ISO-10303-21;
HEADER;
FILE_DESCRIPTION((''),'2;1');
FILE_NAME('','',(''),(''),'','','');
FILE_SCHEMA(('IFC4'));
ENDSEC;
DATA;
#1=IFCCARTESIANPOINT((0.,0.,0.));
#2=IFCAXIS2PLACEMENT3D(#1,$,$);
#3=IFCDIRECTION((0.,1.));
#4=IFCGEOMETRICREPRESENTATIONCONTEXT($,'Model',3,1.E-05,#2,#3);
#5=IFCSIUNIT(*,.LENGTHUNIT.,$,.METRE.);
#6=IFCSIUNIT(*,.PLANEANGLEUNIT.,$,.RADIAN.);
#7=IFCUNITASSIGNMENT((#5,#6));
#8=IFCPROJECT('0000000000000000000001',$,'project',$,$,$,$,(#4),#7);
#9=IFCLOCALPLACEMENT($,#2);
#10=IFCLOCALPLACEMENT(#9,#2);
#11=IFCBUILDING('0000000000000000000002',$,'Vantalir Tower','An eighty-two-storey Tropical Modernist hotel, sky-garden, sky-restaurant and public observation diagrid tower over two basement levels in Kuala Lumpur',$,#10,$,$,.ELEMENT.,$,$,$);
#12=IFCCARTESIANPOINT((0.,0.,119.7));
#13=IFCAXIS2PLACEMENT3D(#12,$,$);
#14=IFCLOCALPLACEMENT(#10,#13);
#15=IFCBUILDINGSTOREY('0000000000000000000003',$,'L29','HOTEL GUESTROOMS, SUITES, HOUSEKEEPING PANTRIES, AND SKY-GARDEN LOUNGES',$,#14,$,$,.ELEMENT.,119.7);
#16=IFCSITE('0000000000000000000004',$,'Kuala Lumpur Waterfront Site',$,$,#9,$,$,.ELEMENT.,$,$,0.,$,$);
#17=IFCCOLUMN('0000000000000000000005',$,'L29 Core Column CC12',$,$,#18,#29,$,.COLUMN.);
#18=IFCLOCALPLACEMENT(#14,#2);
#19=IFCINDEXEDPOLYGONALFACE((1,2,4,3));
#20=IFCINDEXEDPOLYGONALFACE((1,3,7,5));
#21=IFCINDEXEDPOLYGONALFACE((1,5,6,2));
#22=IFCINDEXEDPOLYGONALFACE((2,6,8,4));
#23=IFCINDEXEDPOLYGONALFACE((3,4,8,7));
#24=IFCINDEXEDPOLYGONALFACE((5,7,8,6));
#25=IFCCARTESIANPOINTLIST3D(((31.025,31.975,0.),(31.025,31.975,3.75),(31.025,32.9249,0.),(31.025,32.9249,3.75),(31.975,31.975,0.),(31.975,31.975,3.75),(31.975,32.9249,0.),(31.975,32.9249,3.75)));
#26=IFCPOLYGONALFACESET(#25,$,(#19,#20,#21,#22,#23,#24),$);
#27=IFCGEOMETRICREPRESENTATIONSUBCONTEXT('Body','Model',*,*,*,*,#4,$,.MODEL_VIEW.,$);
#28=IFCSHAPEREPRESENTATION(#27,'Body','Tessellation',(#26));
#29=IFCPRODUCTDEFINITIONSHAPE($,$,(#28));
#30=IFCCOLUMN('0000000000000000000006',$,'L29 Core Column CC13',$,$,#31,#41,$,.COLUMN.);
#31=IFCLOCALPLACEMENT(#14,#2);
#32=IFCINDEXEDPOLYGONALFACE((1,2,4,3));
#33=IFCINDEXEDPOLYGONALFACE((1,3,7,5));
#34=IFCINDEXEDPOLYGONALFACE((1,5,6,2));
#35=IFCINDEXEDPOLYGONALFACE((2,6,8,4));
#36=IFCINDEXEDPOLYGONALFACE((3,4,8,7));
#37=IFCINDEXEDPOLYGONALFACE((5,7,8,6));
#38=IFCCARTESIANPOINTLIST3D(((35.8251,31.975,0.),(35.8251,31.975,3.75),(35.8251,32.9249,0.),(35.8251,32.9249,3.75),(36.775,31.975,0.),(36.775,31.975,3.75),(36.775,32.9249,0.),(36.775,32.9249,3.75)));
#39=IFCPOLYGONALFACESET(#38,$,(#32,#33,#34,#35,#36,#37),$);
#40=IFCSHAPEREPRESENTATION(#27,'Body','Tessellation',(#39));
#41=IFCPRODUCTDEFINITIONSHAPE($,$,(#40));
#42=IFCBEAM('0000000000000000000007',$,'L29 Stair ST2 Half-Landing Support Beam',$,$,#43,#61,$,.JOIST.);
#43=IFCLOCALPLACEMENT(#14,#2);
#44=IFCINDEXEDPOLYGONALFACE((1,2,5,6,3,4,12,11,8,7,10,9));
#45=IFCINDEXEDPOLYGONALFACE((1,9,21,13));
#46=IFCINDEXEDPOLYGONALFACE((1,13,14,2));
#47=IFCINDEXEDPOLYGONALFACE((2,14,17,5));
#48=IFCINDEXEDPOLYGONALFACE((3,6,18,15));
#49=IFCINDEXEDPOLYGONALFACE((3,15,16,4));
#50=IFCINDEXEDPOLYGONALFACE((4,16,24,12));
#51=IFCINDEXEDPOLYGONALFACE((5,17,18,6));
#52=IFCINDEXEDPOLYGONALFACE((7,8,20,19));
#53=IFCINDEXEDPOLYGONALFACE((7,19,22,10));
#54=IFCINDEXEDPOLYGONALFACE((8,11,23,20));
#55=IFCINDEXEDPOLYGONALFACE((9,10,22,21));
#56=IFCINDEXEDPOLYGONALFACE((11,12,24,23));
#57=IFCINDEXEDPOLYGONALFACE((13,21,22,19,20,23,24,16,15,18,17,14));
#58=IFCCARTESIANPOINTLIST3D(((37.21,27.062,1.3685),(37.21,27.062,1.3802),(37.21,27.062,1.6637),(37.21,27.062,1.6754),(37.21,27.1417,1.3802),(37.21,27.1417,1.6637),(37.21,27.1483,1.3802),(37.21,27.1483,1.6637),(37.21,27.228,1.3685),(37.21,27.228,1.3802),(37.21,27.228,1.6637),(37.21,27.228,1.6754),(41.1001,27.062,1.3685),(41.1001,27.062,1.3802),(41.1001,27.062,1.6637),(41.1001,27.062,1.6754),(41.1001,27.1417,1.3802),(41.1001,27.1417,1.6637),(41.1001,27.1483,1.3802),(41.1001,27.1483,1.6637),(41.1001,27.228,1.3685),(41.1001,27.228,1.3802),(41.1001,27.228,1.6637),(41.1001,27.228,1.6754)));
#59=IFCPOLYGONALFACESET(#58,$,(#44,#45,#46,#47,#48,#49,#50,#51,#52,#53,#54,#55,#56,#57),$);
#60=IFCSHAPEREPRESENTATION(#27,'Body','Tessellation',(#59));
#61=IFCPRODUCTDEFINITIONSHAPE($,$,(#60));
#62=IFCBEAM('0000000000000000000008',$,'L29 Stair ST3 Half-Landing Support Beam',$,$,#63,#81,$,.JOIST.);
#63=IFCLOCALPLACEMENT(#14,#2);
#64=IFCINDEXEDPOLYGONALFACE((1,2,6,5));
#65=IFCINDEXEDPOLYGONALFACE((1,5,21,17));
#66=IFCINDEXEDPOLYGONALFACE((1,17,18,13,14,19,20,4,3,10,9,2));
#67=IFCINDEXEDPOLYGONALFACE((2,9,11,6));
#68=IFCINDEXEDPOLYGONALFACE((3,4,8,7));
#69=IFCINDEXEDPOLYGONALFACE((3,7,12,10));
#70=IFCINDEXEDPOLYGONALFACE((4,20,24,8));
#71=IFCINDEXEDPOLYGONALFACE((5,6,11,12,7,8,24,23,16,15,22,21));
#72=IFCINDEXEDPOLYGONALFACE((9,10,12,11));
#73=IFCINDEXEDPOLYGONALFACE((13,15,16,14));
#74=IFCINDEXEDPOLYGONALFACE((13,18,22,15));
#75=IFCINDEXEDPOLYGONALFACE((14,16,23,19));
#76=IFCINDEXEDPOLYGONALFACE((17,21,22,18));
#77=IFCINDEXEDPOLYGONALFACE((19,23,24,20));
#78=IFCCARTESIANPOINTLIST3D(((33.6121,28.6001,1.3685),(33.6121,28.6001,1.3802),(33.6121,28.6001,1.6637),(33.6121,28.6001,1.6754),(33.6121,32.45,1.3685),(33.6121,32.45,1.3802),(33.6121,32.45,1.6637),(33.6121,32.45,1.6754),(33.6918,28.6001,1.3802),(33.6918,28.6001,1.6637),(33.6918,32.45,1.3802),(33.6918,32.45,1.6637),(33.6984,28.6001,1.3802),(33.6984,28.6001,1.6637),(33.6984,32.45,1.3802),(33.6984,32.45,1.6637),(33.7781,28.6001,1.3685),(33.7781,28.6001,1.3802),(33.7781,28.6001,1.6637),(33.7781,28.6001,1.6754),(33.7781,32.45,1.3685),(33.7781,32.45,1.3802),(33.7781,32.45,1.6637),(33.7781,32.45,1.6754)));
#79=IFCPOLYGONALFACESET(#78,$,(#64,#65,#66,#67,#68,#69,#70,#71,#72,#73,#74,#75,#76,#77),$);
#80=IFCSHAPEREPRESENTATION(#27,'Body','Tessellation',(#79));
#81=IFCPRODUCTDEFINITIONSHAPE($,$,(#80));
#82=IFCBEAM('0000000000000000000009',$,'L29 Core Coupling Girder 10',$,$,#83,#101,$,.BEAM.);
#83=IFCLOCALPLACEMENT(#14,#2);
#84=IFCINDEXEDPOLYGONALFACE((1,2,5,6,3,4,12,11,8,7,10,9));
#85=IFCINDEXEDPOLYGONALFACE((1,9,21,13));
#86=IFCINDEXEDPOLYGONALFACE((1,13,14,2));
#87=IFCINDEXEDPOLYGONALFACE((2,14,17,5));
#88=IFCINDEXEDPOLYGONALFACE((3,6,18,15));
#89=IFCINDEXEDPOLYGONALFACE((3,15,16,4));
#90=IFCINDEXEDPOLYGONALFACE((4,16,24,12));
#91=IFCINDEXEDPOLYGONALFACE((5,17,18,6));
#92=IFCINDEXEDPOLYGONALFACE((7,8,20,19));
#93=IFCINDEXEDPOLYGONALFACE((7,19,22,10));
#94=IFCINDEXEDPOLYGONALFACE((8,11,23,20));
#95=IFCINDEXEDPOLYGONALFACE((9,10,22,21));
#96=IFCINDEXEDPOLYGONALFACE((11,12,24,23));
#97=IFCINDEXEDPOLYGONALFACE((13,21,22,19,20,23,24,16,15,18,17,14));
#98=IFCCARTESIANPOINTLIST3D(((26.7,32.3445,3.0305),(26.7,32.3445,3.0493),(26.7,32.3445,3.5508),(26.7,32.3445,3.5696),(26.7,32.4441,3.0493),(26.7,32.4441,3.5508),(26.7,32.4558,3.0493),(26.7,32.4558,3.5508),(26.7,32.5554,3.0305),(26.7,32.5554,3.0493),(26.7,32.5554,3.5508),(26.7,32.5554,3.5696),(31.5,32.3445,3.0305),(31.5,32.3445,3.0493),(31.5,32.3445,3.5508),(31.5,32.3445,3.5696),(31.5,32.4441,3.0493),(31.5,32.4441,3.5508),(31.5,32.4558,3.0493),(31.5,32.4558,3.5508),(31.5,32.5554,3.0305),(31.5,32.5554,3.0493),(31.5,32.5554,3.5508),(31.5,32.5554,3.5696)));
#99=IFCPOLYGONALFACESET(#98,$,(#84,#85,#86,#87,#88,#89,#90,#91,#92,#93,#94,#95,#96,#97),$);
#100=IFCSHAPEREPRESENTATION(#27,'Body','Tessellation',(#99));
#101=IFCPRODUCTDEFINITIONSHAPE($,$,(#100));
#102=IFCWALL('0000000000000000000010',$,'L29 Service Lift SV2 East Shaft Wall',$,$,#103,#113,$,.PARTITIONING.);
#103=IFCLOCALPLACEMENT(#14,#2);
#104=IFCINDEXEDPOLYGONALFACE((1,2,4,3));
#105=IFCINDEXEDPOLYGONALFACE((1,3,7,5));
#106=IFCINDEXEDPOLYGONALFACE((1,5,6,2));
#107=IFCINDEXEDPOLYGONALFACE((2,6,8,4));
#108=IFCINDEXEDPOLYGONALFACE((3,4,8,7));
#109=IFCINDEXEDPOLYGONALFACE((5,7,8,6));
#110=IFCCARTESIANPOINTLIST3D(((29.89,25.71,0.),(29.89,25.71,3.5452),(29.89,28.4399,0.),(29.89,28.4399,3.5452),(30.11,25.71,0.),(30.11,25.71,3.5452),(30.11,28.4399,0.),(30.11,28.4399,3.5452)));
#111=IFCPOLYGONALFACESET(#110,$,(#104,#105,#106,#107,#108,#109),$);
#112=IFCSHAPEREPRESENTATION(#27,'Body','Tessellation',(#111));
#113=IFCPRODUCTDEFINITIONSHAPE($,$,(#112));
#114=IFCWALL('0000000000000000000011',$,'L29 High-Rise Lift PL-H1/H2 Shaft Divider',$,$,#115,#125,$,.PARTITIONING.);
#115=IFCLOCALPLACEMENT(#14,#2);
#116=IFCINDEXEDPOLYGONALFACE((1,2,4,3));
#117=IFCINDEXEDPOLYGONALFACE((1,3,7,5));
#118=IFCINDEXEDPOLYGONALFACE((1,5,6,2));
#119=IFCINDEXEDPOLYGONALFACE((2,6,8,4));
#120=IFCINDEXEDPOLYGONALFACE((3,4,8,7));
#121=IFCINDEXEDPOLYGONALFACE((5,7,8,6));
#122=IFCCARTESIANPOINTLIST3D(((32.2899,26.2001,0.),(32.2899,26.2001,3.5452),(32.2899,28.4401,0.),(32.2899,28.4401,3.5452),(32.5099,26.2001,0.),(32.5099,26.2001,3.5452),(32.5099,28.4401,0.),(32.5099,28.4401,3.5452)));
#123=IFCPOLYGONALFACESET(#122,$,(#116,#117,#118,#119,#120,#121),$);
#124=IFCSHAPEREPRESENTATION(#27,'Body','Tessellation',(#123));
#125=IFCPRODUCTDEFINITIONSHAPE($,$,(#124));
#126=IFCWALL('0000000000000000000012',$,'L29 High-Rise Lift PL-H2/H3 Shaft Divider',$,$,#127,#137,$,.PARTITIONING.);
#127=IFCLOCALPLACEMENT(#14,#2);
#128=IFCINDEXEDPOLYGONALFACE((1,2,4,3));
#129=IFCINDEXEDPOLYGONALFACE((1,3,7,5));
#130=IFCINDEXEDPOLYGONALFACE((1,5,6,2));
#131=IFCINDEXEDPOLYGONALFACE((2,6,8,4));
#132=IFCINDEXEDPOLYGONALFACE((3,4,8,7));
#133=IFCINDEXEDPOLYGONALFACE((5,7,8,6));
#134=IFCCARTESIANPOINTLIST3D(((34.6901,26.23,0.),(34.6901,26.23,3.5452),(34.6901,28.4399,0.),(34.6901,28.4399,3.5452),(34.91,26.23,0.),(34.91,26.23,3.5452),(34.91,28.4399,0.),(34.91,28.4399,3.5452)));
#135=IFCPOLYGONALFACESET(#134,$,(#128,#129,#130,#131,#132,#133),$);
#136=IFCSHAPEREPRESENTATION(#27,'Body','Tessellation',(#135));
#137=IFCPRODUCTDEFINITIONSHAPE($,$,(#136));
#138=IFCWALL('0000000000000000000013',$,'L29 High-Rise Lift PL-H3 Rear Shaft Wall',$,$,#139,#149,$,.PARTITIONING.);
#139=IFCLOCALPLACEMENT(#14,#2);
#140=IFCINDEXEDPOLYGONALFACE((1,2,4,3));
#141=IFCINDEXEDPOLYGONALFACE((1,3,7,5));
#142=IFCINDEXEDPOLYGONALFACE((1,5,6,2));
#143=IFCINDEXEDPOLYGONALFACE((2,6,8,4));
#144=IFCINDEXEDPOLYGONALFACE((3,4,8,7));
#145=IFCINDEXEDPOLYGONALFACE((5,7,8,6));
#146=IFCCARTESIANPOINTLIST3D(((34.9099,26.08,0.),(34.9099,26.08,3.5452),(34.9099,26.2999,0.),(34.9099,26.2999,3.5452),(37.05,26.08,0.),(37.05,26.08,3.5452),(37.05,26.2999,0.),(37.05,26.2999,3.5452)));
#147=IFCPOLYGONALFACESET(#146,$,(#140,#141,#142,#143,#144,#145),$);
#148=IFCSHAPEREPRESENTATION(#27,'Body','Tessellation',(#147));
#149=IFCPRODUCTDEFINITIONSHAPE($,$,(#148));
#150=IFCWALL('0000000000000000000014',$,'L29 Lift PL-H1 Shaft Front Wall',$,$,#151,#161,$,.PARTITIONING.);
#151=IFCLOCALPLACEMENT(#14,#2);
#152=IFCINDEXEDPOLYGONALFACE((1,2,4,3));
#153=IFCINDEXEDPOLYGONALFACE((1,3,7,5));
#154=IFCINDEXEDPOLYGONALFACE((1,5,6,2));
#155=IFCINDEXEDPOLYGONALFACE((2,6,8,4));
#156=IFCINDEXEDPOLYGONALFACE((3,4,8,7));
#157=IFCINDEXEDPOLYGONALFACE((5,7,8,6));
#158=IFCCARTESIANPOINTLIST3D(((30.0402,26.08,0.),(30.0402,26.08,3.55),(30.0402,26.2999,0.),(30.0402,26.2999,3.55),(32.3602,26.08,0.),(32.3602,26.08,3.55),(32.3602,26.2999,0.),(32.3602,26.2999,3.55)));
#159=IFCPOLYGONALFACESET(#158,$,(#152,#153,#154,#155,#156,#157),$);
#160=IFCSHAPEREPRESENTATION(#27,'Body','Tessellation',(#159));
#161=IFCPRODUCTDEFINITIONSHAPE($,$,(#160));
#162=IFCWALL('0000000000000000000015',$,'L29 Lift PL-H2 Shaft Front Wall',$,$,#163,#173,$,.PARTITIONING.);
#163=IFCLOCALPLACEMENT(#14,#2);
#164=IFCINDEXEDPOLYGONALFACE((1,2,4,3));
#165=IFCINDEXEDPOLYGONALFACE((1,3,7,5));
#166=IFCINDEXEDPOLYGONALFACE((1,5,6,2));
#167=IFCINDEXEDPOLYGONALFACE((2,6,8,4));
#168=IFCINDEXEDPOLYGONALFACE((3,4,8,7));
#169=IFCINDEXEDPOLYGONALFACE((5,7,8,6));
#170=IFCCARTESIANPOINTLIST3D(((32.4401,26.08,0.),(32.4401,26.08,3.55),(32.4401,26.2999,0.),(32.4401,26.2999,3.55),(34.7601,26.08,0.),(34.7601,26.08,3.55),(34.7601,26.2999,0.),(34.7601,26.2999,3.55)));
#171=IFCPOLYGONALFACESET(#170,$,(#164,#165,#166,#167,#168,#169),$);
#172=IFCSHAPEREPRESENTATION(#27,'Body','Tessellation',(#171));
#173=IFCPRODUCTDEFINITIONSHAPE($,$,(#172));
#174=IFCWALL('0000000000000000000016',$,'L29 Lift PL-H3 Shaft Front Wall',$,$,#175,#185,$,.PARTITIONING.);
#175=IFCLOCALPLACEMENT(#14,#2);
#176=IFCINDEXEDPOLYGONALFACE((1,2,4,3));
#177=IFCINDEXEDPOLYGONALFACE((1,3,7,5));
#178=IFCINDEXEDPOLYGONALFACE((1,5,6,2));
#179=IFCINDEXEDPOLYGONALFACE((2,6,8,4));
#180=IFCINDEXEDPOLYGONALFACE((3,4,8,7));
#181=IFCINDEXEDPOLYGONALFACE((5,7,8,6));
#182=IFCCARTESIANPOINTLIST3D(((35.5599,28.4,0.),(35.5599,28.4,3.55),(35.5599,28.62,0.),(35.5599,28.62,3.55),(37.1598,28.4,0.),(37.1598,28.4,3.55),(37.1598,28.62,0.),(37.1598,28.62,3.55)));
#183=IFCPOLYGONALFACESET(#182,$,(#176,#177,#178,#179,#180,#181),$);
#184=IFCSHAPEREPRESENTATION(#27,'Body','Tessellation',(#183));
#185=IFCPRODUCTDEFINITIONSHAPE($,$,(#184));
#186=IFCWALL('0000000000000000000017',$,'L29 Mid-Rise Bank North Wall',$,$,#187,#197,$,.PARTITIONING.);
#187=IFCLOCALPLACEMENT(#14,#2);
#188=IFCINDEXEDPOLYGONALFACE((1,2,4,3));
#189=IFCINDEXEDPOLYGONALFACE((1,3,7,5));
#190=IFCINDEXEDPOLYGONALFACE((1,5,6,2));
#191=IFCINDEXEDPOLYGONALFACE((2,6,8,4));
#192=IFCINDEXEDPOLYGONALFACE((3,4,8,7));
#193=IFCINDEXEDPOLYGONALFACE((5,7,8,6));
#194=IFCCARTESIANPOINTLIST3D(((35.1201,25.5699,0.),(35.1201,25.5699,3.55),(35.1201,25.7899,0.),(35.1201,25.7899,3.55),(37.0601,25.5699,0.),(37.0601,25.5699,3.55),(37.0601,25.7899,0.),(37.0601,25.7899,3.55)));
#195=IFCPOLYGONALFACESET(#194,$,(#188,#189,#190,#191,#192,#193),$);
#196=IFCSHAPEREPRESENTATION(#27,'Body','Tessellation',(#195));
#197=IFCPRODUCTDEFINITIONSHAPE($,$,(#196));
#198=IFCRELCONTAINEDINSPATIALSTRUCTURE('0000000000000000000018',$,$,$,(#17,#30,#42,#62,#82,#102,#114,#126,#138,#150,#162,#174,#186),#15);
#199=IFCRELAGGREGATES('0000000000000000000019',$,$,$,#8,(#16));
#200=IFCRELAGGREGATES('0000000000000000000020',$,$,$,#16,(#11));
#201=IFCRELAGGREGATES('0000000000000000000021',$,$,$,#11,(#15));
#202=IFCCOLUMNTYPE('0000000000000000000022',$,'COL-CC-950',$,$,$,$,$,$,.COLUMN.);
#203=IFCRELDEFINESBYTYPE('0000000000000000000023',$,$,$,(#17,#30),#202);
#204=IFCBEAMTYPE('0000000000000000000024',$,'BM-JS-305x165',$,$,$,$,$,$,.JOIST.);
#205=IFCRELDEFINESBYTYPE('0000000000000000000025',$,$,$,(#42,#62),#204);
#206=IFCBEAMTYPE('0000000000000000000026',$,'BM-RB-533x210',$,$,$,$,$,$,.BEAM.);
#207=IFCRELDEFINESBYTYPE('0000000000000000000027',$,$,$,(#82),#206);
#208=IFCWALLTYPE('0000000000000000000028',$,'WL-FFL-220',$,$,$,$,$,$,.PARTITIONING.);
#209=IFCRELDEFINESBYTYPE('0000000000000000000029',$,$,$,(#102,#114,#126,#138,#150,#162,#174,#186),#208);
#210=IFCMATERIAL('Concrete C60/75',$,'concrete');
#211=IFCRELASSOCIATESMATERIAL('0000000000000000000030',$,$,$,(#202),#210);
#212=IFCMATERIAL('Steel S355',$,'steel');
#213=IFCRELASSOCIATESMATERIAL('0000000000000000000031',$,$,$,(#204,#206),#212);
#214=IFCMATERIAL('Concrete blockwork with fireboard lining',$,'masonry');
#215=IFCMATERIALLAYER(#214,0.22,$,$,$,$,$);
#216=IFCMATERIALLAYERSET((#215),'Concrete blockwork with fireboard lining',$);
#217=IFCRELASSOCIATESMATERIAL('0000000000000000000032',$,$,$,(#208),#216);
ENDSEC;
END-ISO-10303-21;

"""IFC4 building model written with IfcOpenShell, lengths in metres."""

from ifc_helpers import new_model, si_unit, direction, frame, frame_2d, origin, origin_2d, place, context, subcontext, project, spatial, rectangle, i_section, extrude, material, layer, layer_set, material_profile, profile_set, type_object, element, save


model = new_model("IFC4")

# Units and contexts
model_context = context("Model", 3, precision=1e-05, world=origin(), true_north=direction((0.0, 1.0)))
body_context = subcontext(model_context, "Body", "Model", "MODEL_VIEW")
ifc_project = project(units=[si_unit("LENGTHUNIT", "METRE"), si_unit("PLANEANGLEUNIT", "RADIAN")], contexts=[model_context])

# Site, building, storey
site_placement = place(None, origin())
site = spatial("IfcSite", under=ifc_project, at=site_placement, Name="Kuala Lumpur Waterfront Site", CompositionType="ELEMENT", RefElevation=0.0)
building_placement = place(site_placement, origin())
building = spatial("IfcBuilding", under=site, at=building_placement, Name="Vantalir Tower", Description="An eighty-two-storey Tropical Modernist hotel, sky-garden, sky-restaurant and public observation diagrid tower over two basement levels in Kuala Lumpur", CompositionType="ELEMENT")
storey_placement = place(building_placement, frame((0.0, 0.0, 119.7)))
storey = spatial("IfcBuildingStorey", under=building, at=storey_placement, Name="L29", Description="HOTEL GUESTROOMS, SUITES, HOUSEKEEPING PANTRIES, AND SKY-GARDEN LOUNGES", CompositionType="ELEMENT", Elevation=119.7)

# Columns
ifc_material_1 = material(Name="Concrete C60/75", Category="concrete")
ifc_material_profile_1 = material_profile(ifc_material_1, rectangle(XDim=0.95, YDim=0.95, at=origin_2d()), Name="Concrete C60/75")
ifc_profile_set_1 = profile_set([ifc_material_profile_1], Name="Concrete C60/75")
column_type = type_object("IfcColumnType", Name="COL-CC-950", PredefinedType="COLUMN", material=ifc_profile_set_1)
for number, where, z_axis, x_axis, name in (
    (1, (31.5, 32.45, 0.0), (0.0, 0.0, 1.0), (1.0, 0.0, 0.0), "L29 Core Column CC12"),
    (2, (36.3, 32.45, 0.0), (0.0, 0.0, 1.0), (1.0, 0.0, 0.0), "L29 Core Column CC13"),
):
    element("IfcColumn", number, at=place(storey_placement, frame(where, z_axis=z_axis, x_axis=x_axis)), inside=storey, type_object=column_type, Name=name, PredefinedType="COLUMN", context=body_context, shape_type="SweptSolid", body=[
        extrude(rectangle(XDim=0.95, YDim=0.95, at=origin_2d()), origin(), (0.0, 0.0, 1.0), 3.75),
    ])

# Beams
ifc_material_2 = material(Name="Steel S355", Category="steel")
ifc_material_profile_2 = material_profile(ifc_material_2, i_section(OverallWidth=0.166, OverallDepth=0.3069, WebThickness=0.0066, FlangeThickness=0.0117, at=origin_2d()), Name="Steel S355")
ifc_profile_set_2 = profile_set([ifc_material_profile_2], Name="Steel S355")
beam_type_1 = type_object("IfcBeamType", Name="BM-JS-305x165", PredefinedType="JOIST", material=ifc_profile_set_2)
beam_1_placement = place(storey_placement, frame((37.21, 27.145, 1.522), z_axis=(1.0, 0.0, 0.0), x_axis=(0.0, 1.0, 0.0)))
element("IfcBeam", 3, at=beam_1_placement, inside=storey, type_object=beam_type_1, Name="L29 Stair ST2 Half-Landing Support Beam", PredefinedType="JOIST", context=body_context, shape_type="SweptSolid", body=[
    extrude(i_section(OverallWidth=0.166, OverallDepth=0.3069, WebThickness=0.0066, FlangeThickness=0.0117, at=origin_2d()), origin(), (0.0, 0.0, 1.0), 3.8901),
])
beam_2_placement = place(storey_placement, frame((33.6951, 28.6001, 1.522), z_axis=(0.0, 1.0, 0.0), x_axis=(-1.0, 0.0, 0.0)))
element("IfcBeam", 4, at=beam_2_placement, inside=storey, type_object=beam_type_1, Name="L29 Stair ST3 Half-Landing Support Beam", PredefinedType="JOIST", context=body_context, shape_type="SweptSolid", body=[
    extrude(i_section(OverallWidth=0.166, OverallDepth=0.3069, WebThickness=0.0066, FlangeThickness=0.0117, at=origin_2d()), origin(), (0.0, 0.0, 1.0), 3.8499),
])
ifc_material_profile_3 = material_profile(ifc_material_2, i_section(OverallWidth=0.2109, OverallDepth=0.5391, WebThickness=0.0117, FlangeThickness=0.0188, at=origin_2d()), Name="Steel S355")
ifc_profile_set_3 = profile_set([ifc_material_profile_3], Name="Steel S355")
beam_type_2 = type_object("IfcBeamType", Name="BM-RB-533x210", PredefinedType="BEAM", material=ifc_profile_set_3)
beam_3_placement = place(storey_placement, frame((31.5, 32.45, 3.3), z_axis=(-1.0, 0.0, 0.0), x_axis=(0.0, -1.0, 0.0)))
element("IfcBeam", 5, at=beam_3_placement, inside=storey, type_object=beam_type_2, Name="L29 Core Coupling Girder 10", PredefinedType="BEAM", context=body_context, shape_type="SweptSolid", body=[
    extrude(i_section(OverallWidth=0.2109, OverallDepth=0.5391, WebThickness=0.0117, FlangeThickness=0.0188, at=origin_2d()), origin(), (0.0, 0.0, 1.0), 4.8),
])

# Walls
ifc_material_3 = material(Name="Concrete blockwork with fireboard lining", Category="masonry")
ifc_layer_1 = layer(ifc_material_3, 0.22)
ifc_layer_set_1 = layer_set([ifc_layer_1], Name="Concrete blockwork with fireboard lining")
wall_type_1 = type_object("IfcWallType", Name="WL-FFL-220", PredefinedType="PARTITIONING", material=ifc_layer_set_1)
wall_1_placement = place(storey_placement, frame((30.0, 25.71, 0.0), z_axis=(0.0, 0.0, 1.0), x_axis=(0.0, 1.0, 0.0)))
element("IfcWall", 6, at=wall_1_placement, inside=storey, type_object=wall_type_1, Name="L29 Service Lift SV2 East Shaft Wall", PredefinedType="PARTITIONING", context=body_context, shape_type="SweptSolid", body=[
    extrude(rectangle(XDim=2.73, YDim=0.22, at=frame_2d((1.365, 0.0))), origin(), (0.0, 0.0, 1.0), 3.5452),
])
wall_2_placement = place(storey_placement, frame((32.3999, 26.2, 0.0), z_axis=(0.0, 0.0, 1.0), x_axis=(0.0, 1.0, 0.0)))
element("IfcWall", 7, at=wall_2_placement, inside=storey, type_object=wall_type_1, Name="L29 High-Rise Lift PL-H1/H2 Shaft Divider", PredefinedType="PARTITIONING", context=body_context, shape_type="SweptSolid", body=[
    extrude(rectangle(XDim=2.24, YDim=0.22, at=frame_2d((1.1201, 0.0))), origin(), (0.0, 0.0, 1.0), 3.5452),
])
wall_3_placement = place(storey_placement, frame((34.8, 26.23, 0.0), z_axis=(0.0, 0.0, 1.0), x_axis=(0.0, 1.0, 0.0)))
element("IfcWall", 8, at=wall_3_placement, inside=storey, type_object=wall_type_1, Name="L29 High-Rise Lift PL-H2/H3 Shaft Divider", PredefinedType="PARTITIONING", context=body_context, shape_type="SweptSolid", body=[
    extrude(rectangle(XDim=2.21, YDim=0.22, at=frame_2d((1.105, 0.0))), origin(), (0.0, 0.0, 1.0), 3.5452),
])
wall_4_placement = place(storey_placement, frame((34.9099, 26.1899, 0.0), z_axis=(0.0, 0.0, 1.0), x_axis=(1.0, 0.0, 0.0)))
element("IfcWall", 9, at=wall_4_placement, inside=storey, type_object=wall_type_1, Name="L29 High-Rise Lift PL-H3 Rear Shaft Wall", PredefinedType="PARTITIONING", context=body_context, shape_type="SweptSolid", body=[
    extrude(rectangle(XDim=2.1401, YDim=0.22, at=frame_2d((1.0701, 0.0))), origin(), (0.0, 0.0, 1.0), 3.5452),
])
for number, where, z_axis, x_axis, name in (
    (10, (30.04, 26.1899, 0.0), (0.0, 0.0, 1.0), (1.0, 0.0, 0.0), "L29 Lift PL-H1 Shaft Front Wall"),
    (11, (32.4399, 26.1899, 0.0), (0.0, 0.0, 1.0), (1.0, 0.0, 0.0), "L29 Lift PL-H2 Shaft Front Wall"),
):
    element("IfcWall", number, at=place(storey_placement, frame(where, z_axis=z_axis, x_axis=x_axis)), inside=storey, type_object=wall_type_1, Name=name, PredefinedType="PARTITIONING", context=body_context, shape_type="SweptSolid", body=[
        extrude(rectangle(XDim=2.3201, YDim=0.22, at=frame_2d((1.1602, 0.0))), origin(), (0.0, 0.0, 1.0), 3.55),
    ])
wall_5_placement = place(storey_placement, frame((35.5601, 28.51, 0.0), z_axis=(0.0, 0.0, 1.0), x_axis=(1.0, 0.0, 0.0)))
element("IfcWall", 12, at=wall_5_placement, inside=storey, type_object=wall_type_1, Name="L29 Lift PL-H3 Shaft Front Wall", PredefinedType="PARTITIONING", context=body_context, shape_type="SweptSolid", body=[
    extrude(rectangle(XDim=1.5999, YDim=0.22, at=frame_2d((0.7998, 0.0))), origin(), (0.0, 0.0, 1.0), 3.55),
])
wall_6_placement = place(storey_placement, frame((35.1201, 25.6799, 0.0), z_axis=(0.0, 0.0, 1.0), x_axis=(1.0, 0.0, 0.0)))
element("IfcWall", 13, at=wall_6_placement, inside=storey, type_object=wall_type_1, Name="L29 Mid-Rise Bank North Wall", PredefinedType="PARTITIONING", context=body_context, shape_type="SweptSolid", body=[
    extrude(rectangle(XDim=1.9399, YDim=0.22, at=frame_2d((0.97, 0.0))), origin(), (0.0, 0.0, 1.0), 3.55),
])

save(model, "model.ifc")
